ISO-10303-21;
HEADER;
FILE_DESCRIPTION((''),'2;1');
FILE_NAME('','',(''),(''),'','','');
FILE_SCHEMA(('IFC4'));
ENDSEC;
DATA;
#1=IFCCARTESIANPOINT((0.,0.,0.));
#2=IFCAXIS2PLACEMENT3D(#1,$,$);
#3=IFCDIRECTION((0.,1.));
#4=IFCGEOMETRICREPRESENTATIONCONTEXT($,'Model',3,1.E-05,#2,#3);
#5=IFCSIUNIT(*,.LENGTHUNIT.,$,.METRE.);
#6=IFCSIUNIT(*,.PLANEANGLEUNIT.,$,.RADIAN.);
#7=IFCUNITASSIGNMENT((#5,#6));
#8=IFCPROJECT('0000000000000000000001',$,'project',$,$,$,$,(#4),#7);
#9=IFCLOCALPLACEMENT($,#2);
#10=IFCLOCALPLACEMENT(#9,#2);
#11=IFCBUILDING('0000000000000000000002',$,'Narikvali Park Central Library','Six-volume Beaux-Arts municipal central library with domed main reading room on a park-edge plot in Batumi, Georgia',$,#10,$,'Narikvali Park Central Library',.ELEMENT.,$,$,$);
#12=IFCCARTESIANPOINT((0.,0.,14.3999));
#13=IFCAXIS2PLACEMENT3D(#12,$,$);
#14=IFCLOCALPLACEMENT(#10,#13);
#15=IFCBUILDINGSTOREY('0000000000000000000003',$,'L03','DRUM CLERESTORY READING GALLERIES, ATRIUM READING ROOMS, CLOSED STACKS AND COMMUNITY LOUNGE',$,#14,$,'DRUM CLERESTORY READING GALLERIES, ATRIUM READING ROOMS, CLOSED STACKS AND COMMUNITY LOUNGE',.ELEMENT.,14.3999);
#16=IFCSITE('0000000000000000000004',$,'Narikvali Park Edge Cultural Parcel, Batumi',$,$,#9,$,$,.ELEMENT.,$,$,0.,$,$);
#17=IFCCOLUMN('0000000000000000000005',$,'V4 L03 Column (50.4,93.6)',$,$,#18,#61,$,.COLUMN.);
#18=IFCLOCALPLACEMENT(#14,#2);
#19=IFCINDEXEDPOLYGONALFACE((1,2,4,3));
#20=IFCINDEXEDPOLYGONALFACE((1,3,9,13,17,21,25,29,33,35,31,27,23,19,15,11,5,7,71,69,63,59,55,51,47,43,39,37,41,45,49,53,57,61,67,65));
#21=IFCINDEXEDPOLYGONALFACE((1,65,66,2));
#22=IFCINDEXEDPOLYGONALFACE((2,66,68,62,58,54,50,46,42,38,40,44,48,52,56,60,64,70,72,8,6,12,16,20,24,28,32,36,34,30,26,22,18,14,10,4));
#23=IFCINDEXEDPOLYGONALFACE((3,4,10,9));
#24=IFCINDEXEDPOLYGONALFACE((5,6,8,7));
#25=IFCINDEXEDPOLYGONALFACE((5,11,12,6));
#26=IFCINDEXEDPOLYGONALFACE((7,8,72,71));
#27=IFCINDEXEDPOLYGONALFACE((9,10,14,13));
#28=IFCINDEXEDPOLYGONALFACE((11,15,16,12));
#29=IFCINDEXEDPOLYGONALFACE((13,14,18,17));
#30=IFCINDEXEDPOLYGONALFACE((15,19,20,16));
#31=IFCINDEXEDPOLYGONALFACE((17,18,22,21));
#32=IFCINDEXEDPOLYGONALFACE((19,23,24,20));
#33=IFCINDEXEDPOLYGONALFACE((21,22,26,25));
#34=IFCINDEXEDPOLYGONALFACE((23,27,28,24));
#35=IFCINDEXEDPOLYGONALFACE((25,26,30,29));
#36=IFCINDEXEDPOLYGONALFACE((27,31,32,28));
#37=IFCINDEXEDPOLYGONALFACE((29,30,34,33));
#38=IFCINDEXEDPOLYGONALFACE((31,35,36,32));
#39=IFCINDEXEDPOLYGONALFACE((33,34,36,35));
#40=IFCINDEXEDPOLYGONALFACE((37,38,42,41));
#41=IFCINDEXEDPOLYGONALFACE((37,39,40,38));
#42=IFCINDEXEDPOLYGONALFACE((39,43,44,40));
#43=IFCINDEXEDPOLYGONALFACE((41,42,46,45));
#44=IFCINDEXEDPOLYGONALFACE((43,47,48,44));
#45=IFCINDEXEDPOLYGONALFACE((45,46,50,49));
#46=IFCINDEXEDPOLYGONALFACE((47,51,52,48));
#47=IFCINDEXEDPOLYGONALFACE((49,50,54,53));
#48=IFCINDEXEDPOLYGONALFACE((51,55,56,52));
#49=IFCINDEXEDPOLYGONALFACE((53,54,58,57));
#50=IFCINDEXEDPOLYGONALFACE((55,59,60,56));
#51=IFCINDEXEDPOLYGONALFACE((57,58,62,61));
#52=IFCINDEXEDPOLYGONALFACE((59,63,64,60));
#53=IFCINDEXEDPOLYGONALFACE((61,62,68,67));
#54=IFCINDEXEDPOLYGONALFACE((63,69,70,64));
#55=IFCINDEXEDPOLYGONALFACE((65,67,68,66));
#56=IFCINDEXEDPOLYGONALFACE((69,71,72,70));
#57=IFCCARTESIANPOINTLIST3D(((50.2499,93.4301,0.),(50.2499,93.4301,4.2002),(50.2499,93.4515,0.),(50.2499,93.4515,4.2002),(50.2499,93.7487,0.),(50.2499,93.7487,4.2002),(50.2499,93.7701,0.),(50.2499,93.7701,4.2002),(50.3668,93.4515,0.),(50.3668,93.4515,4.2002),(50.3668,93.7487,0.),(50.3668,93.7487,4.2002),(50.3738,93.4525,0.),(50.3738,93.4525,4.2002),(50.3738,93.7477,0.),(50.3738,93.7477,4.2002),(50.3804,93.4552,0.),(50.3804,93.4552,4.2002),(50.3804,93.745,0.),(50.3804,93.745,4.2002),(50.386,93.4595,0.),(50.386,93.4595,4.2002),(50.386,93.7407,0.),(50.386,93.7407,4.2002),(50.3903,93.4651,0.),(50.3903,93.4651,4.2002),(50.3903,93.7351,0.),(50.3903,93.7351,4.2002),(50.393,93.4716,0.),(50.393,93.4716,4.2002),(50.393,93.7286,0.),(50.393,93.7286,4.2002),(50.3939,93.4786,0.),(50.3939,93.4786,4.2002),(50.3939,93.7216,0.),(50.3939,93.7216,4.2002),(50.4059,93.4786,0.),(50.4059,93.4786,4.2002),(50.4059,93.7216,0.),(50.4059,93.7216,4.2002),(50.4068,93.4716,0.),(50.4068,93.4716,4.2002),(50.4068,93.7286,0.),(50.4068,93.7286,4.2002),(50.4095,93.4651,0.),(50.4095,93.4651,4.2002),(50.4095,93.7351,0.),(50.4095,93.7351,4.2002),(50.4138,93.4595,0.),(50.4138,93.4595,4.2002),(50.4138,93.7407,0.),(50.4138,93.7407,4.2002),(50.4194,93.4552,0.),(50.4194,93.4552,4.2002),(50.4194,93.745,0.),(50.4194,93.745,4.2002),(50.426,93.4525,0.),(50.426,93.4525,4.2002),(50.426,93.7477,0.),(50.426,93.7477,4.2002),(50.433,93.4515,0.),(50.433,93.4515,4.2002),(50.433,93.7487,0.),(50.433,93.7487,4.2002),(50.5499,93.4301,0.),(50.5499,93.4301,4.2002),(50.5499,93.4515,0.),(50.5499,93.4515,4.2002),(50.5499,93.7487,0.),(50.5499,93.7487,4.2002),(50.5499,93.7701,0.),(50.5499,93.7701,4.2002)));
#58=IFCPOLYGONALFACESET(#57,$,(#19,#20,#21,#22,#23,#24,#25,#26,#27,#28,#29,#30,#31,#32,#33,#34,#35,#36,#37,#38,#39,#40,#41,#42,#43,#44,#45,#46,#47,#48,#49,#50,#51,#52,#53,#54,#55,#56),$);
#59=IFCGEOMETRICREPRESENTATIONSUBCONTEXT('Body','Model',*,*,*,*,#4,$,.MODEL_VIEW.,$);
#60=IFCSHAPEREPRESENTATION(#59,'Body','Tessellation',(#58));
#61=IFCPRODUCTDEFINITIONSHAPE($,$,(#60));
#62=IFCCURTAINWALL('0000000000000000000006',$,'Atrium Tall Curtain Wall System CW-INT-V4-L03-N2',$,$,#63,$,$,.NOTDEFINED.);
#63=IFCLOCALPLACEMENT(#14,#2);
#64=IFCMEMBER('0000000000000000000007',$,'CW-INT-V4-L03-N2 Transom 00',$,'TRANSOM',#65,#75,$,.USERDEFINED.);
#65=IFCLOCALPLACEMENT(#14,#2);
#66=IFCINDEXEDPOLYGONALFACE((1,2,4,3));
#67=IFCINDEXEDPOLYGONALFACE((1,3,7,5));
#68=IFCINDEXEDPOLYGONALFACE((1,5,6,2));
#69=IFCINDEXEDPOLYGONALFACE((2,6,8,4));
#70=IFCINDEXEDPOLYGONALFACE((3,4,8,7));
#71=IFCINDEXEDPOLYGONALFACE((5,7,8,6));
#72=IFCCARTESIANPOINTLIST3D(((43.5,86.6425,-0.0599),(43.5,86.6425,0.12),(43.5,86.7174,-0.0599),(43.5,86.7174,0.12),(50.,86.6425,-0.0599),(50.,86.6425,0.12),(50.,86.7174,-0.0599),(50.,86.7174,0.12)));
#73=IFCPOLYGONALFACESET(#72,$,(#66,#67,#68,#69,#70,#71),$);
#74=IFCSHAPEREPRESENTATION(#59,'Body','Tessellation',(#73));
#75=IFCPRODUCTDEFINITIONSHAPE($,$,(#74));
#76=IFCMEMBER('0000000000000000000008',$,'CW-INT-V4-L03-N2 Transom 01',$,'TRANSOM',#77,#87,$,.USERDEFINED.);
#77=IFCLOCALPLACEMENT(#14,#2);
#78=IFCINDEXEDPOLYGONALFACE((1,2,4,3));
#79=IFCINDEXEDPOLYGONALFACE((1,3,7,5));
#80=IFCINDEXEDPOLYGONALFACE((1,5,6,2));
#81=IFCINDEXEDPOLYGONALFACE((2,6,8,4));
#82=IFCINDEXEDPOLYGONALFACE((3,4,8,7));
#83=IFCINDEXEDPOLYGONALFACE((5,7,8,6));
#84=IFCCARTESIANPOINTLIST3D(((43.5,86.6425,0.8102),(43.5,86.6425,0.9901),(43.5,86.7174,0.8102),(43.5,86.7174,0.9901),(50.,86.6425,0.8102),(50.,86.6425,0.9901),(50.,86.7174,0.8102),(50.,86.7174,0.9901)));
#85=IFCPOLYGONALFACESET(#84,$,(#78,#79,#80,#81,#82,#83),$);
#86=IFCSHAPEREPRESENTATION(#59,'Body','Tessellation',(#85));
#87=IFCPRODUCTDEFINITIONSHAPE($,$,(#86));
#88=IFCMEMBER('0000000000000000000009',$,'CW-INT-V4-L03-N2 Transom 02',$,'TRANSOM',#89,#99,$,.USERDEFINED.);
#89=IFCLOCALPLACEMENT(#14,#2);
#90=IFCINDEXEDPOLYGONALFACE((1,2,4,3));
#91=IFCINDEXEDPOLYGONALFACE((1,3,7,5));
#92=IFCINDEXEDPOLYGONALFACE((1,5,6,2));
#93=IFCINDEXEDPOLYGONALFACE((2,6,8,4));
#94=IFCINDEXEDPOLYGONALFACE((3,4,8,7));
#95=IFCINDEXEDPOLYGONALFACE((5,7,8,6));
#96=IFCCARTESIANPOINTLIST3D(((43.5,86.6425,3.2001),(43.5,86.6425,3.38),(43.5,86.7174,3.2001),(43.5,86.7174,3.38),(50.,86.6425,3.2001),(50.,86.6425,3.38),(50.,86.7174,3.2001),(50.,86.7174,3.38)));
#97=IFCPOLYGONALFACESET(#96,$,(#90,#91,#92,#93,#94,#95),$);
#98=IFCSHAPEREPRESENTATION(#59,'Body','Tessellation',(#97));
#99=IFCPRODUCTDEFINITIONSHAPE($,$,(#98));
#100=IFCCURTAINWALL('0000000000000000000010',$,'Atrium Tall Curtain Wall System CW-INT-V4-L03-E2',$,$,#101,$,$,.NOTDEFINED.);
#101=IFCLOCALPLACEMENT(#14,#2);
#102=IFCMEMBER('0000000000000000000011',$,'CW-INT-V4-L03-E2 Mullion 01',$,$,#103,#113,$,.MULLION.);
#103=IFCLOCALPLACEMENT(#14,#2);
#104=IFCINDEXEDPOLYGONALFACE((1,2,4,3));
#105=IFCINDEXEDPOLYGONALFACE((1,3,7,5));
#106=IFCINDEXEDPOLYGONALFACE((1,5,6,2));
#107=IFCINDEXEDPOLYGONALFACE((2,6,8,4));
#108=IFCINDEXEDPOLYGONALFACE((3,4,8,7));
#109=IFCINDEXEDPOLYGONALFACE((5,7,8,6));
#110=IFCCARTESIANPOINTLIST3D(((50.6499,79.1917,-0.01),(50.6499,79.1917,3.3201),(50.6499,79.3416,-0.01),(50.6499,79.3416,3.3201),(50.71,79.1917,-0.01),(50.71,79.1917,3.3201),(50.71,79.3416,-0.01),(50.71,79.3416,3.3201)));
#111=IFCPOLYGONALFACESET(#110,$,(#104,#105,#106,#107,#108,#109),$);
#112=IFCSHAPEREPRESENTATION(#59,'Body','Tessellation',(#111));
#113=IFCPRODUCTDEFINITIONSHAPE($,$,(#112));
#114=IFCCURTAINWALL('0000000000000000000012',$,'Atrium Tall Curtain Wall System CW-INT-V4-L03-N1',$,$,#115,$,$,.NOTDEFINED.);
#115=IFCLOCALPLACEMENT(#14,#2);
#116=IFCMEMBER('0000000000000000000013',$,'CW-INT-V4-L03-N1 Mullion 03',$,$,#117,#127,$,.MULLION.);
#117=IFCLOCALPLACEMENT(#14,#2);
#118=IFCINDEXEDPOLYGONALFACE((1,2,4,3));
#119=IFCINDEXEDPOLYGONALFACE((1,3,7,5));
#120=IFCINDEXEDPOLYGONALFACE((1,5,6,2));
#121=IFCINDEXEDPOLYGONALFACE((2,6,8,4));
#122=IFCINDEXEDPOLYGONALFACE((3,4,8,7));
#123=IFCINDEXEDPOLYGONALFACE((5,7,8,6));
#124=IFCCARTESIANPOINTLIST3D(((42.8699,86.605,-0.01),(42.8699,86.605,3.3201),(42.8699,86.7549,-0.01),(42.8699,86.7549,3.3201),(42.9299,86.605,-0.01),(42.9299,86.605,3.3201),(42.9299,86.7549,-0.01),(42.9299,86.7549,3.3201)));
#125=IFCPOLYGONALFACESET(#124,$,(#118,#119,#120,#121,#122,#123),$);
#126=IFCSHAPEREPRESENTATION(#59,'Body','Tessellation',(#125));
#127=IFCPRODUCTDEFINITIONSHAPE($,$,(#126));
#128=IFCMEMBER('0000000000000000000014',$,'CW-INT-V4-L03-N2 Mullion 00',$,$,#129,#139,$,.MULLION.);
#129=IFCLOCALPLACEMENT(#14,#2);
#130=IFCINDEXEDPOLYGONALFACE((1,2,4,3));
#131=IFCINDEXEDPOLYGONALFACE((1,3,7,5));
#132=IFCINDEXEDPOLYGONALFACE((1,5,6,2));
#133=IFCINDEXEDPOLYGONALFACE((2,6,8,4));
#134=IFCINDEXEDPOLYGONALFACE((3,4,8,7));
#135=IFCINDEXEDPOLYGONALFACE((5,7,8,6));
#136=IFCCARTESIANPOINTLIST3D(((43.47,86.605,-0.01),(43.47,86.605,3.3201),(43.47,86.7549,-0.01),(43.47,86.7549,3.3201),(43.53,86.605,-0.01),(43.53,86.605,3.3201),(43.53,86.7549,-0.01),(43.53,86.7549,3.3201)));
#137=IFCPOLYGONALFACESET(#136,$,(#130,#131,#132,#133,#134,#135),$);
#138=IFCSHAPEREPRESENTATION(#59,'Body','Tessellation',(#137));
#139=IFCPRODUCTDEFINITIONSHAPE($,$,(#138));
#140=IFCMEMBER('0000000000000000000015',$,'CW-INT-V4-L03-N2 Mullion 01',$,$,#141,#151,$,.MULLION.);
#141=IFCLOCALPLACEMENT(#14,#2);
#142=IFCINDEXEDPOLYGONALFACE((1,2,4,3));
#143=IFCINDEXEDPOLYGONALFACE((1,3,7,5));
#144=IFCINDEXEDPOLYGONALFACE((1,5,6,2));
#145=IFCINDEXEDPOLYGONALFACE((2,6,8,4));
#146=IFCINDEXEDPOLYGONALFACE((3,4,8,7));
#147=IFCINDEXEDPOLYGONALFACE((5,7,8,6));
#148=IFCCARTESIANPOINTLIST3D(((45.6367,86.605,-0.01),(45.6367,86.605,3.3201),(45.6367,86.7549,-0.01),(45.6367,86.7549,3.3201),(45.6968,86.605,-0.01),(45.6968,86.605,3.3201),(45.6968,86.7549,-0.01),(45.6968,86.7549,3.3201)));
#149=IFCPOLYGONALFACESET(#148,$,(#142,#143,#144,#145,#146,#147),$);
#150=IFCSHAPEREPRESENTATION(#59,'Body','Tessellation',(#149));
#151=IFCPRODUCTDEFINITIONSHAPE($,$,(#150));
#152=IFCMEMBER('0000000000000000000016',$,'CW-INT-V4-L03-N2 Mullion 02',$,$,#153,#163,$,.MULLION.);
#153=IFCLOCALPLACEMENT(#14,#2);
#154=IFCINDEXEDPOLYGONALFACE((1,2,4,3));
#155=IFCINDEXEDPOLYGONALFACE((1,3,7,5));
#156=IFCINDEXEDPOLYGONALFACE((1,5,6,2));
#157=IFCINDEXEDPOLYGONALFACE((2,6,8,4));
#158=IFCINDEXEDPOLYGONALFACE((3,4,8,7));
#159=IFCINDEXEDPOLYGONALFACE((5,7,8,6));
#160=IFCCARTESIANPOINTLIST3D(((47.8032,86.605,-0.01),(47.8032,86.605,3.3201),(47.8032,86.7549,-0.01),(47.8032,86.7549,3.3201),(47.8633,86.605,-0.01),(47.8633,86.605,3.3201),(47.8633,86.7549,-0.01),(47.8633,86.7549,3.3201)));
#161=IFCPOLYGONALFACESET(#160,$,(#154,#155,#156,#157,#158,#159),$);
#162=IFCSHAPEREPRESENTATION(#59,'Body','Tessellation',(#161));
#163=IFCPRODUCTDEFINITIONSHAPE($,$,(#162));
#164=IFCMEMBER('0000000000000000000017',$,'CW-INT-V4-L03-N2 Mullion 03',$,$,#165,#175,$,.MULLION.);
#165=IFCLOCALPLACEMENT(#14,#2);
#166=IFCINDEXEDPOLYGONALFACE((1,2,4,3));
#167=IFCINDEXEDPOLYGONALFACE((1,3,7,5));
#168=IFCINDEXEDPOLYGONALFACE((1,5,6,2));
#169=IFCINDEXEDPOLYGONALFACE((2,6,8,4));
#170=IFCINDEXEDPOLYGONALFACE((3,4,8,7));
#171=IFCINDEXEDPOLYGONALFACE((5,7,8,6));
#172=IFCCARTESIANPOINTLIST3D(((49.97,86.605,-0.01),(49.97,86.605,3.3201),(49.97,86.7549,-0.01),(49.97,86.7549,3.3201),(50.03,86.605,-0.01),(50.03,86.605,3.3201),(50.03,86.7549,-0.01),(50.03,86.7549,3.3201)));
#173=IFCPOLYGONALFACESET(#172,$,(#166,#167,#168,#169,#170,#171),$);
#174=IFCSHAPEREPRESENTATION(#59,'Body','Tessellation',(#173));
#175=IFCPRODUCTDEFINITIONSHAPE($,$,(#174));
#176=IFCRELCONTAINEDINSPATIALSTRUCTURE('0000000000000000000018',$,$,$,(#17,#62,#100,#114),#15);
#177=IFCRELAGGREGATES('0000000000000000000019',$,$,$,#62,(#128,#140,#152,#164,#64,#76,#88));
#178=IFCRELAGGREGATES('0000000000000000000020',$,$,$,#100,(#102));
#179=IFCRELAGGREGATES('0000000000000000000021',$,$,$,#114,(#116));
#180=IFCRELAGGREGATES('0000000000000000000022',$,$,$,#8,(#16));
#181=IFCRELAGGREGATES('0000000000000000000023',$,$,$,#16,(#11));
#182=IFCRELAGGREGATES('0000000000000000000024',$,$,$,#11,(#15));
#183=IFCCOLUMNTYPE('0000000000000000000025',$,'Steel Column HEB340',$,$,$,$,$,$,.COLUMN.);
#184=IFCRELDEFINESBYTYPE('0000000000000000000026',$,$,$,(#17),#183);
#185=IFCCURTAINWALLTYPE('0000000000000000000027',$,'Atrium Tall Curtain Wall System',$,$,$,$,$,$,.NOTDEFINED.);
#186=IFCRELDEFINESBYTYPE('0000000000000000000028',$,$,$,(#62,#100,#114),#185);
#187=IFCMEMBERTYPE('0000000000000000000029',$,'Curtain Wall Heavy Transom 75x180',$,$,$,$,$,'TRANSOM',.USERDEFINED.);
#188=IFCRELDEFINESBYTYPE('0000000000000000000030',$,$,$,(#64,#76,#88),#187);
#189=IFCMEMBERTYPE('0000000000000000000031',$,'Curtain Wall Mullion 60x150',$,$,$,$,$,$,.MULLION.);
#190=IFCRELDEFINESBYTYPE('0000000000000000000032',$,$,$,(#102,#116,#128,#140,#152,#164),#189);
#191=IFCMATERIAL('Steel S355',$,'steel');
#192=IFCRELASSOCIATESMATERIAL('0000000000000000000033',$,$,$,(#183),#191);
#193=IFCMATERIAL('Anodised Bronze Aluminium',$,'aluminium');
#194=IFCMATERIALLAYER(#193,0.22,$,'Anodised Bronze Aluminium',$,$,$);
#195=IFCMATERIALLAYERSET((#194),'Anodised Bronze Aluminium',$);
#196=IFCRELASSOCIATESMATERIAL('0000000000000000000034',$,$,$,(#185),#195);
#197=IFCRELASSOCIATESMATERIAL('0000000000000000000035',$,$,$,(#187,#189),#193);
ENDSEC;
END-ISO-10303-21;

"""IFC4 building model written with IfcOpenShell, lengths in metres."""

from ifc_helpers import new_model, si_unit, direction, frame, origin, origin_2d, place, context, subcontext, project, spatial, rectangle, i_section, extrude, material, layer, layer_set, material_profile, profile_set, type_object, element, aggregate, save


model = new_model("IFC4")

# Units and contexts
model_context = context("Model", 3, precision=1e-05, world=origin(), true_north=direction((0.0, 1.0)))
body_context = subcontext(model_context, "Body", "Model", "MODEL_VIEW")
ifc_project = project(units=[si_unit("LENGTHUNIT", "METRE"), si_unit("PLANEANGLEUNIT", "RADIAN")], contexts=[model_context])

# Site, building, storey
site_placement = place(None, origin())
site = spatial("IfcSite", under=ifc_project, at=site_placement, Name="Narikvali Park Edge Cultural Parcel, Batumi", CompositionType="ELEMENT", RefElevation=0.0)
building_placement = place(site_placement, origin())
building = spatial("IfcBuilding", under=site, at=building_placement, Name="Narikvali Park Central Library", Description="Six-volume Beaux-Arts municipal central library with domed main reading room on a park-edge plot in Batumi, Georgia", LongName="Narikvali Park Central Library", CompositionType="ELEMENT")
storey_placement = place(building_placement, frame((0.0, 0.0, 14.3999)))
storey = spatial("IfcBuildingStorey", under=building, at=storey_placement, Name="L03", Description="DRUM CLERESTORY READING GALLERIES, ATRIUM READING ROOMS, CLOSED STACKS AND COMMUNITY LOUNGE", LongName="DRUM CLERESTORY READING GALLERIES, ATRIUM READING ROOMS, CLOSED STACKS AND COMMUNITY LOUNGE", CompositionType="ELEMENT", Elevation=14.3999)

# Column
ifc_material_1 = material(Name="Steel S355", Category="steel")
ifc_material_profile_1 = material_profile(ifc_material_1, i_section(OverallWidth=0.3, OverallDepth=0.3401, WebThickness=0.012, FlangeThickness=0.0215, FilletRadius=0.0271, at=origin_2d()), Name="HEB 340")
ifc_profile_set_1 = profile_set([ifc_material_profile_1], Name="Steel S355")
column_type = type_object("IfcColumnType", Name="Steel Column HEB340", PredefinedType="COLUMN", material=ifc_profile_set_1)
for number, where, z_axis, x_axis, name in (
    (1, (50.3999, 93.6001, 0.0), (0.0, 0.0, 1.0), (1.0, 0.0, 0.0), "V4 L03 Column (50.4,93.6)"),
):
    element("IfcColumn", number, at=place(storey_placement, frame(where, z_axis=z_axis, x_axis=x_axis)), inside=storey, type_object=column_type, Name=name, PredefinedType="COLUMN", context=body_context, shape_type="SweptSolid", body=[
        extrude(i_section(OverallWidth=0.3, OverallDepth=0.3401, WebThickness=0.012, FlangeThickness=0.0215, FilletRadius=0.0271, at=origin_2d()), origin(), (0.0, 0.0, 1.0), 4.2002),
    ])

# Curtain wall, members
ifc_material_2 = material(Name="Anodised Bronze Aluminium", Category="aluminium")
ifc_layer_1 = layer(ifc_material_2, 0.22, Name="Anodised Bronze Aluminium")
ifc_layer_set_1 = layer_set([ifc_layer_1], Name="Anodised Bronze Aluminium")
curtain_wall_type = type_object("IfcCurtainWallType", Name="Atrium Tall Curtain Wall System", PredefinedType="NOTDEFINED", material=ifc_layer_set_1)
curtain_wall_1_placement = place(storey_placement, origin())
curtain_wall_1 = element("IfcCurtainWall", 2, at=curtain_wall_1_placement, inside=storey, type_object=curtain_wall_type, Name="Atrium Tall Curtain Wall System CW-INT-V4-L03-N2", PredefinedType="NOTDEFINED")
ifc_material_profile_2 = material_profile(ifc_material_2, rectangle(XDim=0.075, YDim=0.1799, at=origin_2d()), Name="CW TRANSOM 75x180")
ifc_profile_set_2 = profile_set([ifc_material_profile_2], Name="Anodised Bronze Aluminium")
member_type_1 = type_object("IfcMemberType", Name="Curtain Wall Heavy Transom 75x180", ElementType="TRANSOM", PredefinedType="USERDEFINED", material=ifc_profile_set_2)
member_1_placement = place(storey_placement, frame((43.5, 86.6799, 0.03), z_axis=(1.0, 0.0, 0.0), x_axis=(0.0, 1.0, 0.0)))
member_1 = element("IfcMember", 3, at=member_1_placement, type_object=member_type_1, Name="CW-INT-V4-L03-N2 Transom 00", ObjectType="TRANSOM", PredefinedType="USERDEFINED", context=body_context, shape_type="SweptSolid", body=[
    extrude(rectangle(XDim=0.075, YDim=0.1799, at=origin_2d()), origin(), (0.0, 0.0, 1.0), 6.5),
])
member_2_placement = place(storey_placement, frame((43.5, 86.6799, 0.9001), z_axis=(1.0, 0.0, 0.0), x_axis=(0.0, 1.0, 0.0)))
member_2 = element("IfcMember", 4, at=member_2_placement, type_object=member_type_1, Name="CW-INT-V4-L03-N2 Transom 01", ObjectType="TRANSOM", PredefinedType="USERDEFINED", context=body_context, shape_type="SweptSolid", body=[
    extrude(rectangle(XDim=0.075, YDim=0.1799, at=origin_2d()), origin(), (0.0, 0.0, 1.0), 6.5),
])
member_3_placement = place(storey_placement, frame((43.5, 86.6799, 3.29), z_axis=(1.0, 0.0, 0.0), x_axis=(0.0, 1.0, 0.0)))
member_3 = element("IfcMember", 5, at=member_3_placement, type_object=member_type_1, Name="CW-INT-V4-L03-N2 Transom 02", ObjectType="TRANSOM", PredefinedType="USERDEFINED", context=body_context, shape_type="SweptSolid", body=[
    extrude(rectangle(XDim=0.075, YDim=0.1799, at=origin_2d()), origin(), (0.0, 0.0, 1.0), 6.5),
])

# Curtain walls, members
curtain_wall_2_placement = place(storey_placement, origin())
curtain_wall_2 = element("IfcCurtainWall", 6, at=curtain_wall_2_placement, inside=storey, type_object=curtain_wall_type, Name="Atrium Tall Curtain Wall System CW-INT-V4-L03-E2", PredefinedType="NOTDEFINED")
ifc_material_profile_3 = material_profile(ifc_material_2, rectangle(XDim=0.0601, YDim=0.1499, at=origin_2d()), Name="CW MULLION 60x150")
ifc_profile_set_3 = profile_set([ifc_material_profile_3], Name="Anodised Bronze Aluminium")
member_type_2 = type_object("IfcMemberType", Name="Curtain Wall Mullion 60x150", PredefinedType="MULLION", material=ifc_profile_set_3)
member_4_placement = place(storey_placement, frame((50.6799, 79.2666, -0.01), z_axis=(0.0, 0.0, 1.0), x_axis=(1.0, 0.0, 0.0)))
member_4 = element("IfcMember", 7, at=member_4_placement, type_object=member_type_2, Name="CW-INT-V4-L03-E2 Mullion 01", PredefinedType="MULLION", context=body_context, shape_type="SweptSolid", body=[
    extrude(rectangle(XDim=0.0601, YDim=0.1499, at=origin_2d()), origin(), (0.0, 0.0, 1.0), 3.3301),
])
curtain_wall_3_placement = place(storey_placement, origin())
curtain_wall_3 = element("IfcCurtainWall", 8, at=curtain_wall_3_placement, inside=storey, type_object=curtain_wall_type, Name="Atrium Tall Curtain Wall System CW-INT-V4-L03-N1", PredefinedType="NOTDEFINED")
member_5_placement = place(storey_placement, frame((42.8999, 86.6799, -0.01), z_axis=(0.0, 0.0, 1.0), x_axis=(1.0, 0.0, 0.0)))
member_5 = element("IfcMember", 9, at=member_5_placement, type_object=member_type_2, Name="CW-INT-V4-L03-N1 Mullion 03", PredefinedType="MULLION", context=body_context, shape_type="SweptSolid", body=[
    extrude(rectangle(XDim=0.0601, YDim=0.1499, at=origin_2d()), origin(), (0.0, 0.0, 1.0), 3.3301),
])

# Members
member_6_placement = place(storey_placement, frame((43.5, 86.6799, -0.01), z_axis=(0.0, 0.0, 1.0), x_axis=(1.0, 0.0, 0.0)))
member_6 = element("IfcMember", 10, at=member_6_placement, type_object=member_type_2, Name="CW-INT-V4-L03-N2 Mullion 00", PredefinedType="MULLION", context=body_context, shape_type="SweptSolid", body=[
    extrude(rectangle(XDim=0.0601, YDim=0.1499, at=origin_2d()), origin(), (0.0, 0.0, 1.0), 3.3301),
])
member_7_placement = place(storey_placement, frame((45.6667, 86.6799, -0.01), z_axis=(0.0, 0.0, 1.0), x_axis=(1.0, 0.0, 0.0)))
member_7 = element("IfcMember", 11, at=member_7_placement, type_object=member_type_2, Name="CW-INT-V4-L03-N2 Mullion 01", PredefinedType="MULLION", context=body_context, shape_type="SweptSolid", body=[
    extrude(rectangle(XDim=0.0601, YDim=0.1499, at=origin_2d()), origin(), (0.0, 0.0, 1.0), 3.3301),
])
member_8_placement = place(storey_placement, frame((47.8333, 86.6799, -0.01), z_axis=(0.0, 0.0, 1.0), x_axis=(1.0, 0.0, 0.0)))
member_8 = element("IfcMember", 12, at=member_8_placement, type_object=member_type_2, Name="CW-INT-V4-L03-N2 Mullion 02", PredefinedType="MULLION", context=body_context, shape_type="SweptSolid", body=[
    extrude(rectangle(XDim=0.0601, YDim=0.1499, at=origin_2d()), origin(), (0.0, 0.0, 1.0), 3.3301),
])
member_9_placement = place(storey_placement, frame((50.0, 86.6799, -0.01), z_axis=(0.0, 0.0, 1.0), x_axis=(1.0, 0.0, 0.0)))
member_9 = element("IfcMember", 13, at=member_9_placement, type_object=member_type_2, Name="CW-INT-V4-L03-N2 Mullion 03", PredefinedType="MULLION", context=body_context, shape_type="SweptSolid", body=[
    extrude(rectangle(XDim=0.0601, YDim=0.1499, at=origin_2d()), origin(), (0.0, 0.0, 1.0), 3.3301),
])

aggregate(curtain_wall_1, [member_6, member_7, member_8, member_9, member_1, member_2, member_3])
aggregate(curtain_wall_2, [member_4])
aggregate(curtain_wall_3, [member_5])

save(model, "model.ifc")
